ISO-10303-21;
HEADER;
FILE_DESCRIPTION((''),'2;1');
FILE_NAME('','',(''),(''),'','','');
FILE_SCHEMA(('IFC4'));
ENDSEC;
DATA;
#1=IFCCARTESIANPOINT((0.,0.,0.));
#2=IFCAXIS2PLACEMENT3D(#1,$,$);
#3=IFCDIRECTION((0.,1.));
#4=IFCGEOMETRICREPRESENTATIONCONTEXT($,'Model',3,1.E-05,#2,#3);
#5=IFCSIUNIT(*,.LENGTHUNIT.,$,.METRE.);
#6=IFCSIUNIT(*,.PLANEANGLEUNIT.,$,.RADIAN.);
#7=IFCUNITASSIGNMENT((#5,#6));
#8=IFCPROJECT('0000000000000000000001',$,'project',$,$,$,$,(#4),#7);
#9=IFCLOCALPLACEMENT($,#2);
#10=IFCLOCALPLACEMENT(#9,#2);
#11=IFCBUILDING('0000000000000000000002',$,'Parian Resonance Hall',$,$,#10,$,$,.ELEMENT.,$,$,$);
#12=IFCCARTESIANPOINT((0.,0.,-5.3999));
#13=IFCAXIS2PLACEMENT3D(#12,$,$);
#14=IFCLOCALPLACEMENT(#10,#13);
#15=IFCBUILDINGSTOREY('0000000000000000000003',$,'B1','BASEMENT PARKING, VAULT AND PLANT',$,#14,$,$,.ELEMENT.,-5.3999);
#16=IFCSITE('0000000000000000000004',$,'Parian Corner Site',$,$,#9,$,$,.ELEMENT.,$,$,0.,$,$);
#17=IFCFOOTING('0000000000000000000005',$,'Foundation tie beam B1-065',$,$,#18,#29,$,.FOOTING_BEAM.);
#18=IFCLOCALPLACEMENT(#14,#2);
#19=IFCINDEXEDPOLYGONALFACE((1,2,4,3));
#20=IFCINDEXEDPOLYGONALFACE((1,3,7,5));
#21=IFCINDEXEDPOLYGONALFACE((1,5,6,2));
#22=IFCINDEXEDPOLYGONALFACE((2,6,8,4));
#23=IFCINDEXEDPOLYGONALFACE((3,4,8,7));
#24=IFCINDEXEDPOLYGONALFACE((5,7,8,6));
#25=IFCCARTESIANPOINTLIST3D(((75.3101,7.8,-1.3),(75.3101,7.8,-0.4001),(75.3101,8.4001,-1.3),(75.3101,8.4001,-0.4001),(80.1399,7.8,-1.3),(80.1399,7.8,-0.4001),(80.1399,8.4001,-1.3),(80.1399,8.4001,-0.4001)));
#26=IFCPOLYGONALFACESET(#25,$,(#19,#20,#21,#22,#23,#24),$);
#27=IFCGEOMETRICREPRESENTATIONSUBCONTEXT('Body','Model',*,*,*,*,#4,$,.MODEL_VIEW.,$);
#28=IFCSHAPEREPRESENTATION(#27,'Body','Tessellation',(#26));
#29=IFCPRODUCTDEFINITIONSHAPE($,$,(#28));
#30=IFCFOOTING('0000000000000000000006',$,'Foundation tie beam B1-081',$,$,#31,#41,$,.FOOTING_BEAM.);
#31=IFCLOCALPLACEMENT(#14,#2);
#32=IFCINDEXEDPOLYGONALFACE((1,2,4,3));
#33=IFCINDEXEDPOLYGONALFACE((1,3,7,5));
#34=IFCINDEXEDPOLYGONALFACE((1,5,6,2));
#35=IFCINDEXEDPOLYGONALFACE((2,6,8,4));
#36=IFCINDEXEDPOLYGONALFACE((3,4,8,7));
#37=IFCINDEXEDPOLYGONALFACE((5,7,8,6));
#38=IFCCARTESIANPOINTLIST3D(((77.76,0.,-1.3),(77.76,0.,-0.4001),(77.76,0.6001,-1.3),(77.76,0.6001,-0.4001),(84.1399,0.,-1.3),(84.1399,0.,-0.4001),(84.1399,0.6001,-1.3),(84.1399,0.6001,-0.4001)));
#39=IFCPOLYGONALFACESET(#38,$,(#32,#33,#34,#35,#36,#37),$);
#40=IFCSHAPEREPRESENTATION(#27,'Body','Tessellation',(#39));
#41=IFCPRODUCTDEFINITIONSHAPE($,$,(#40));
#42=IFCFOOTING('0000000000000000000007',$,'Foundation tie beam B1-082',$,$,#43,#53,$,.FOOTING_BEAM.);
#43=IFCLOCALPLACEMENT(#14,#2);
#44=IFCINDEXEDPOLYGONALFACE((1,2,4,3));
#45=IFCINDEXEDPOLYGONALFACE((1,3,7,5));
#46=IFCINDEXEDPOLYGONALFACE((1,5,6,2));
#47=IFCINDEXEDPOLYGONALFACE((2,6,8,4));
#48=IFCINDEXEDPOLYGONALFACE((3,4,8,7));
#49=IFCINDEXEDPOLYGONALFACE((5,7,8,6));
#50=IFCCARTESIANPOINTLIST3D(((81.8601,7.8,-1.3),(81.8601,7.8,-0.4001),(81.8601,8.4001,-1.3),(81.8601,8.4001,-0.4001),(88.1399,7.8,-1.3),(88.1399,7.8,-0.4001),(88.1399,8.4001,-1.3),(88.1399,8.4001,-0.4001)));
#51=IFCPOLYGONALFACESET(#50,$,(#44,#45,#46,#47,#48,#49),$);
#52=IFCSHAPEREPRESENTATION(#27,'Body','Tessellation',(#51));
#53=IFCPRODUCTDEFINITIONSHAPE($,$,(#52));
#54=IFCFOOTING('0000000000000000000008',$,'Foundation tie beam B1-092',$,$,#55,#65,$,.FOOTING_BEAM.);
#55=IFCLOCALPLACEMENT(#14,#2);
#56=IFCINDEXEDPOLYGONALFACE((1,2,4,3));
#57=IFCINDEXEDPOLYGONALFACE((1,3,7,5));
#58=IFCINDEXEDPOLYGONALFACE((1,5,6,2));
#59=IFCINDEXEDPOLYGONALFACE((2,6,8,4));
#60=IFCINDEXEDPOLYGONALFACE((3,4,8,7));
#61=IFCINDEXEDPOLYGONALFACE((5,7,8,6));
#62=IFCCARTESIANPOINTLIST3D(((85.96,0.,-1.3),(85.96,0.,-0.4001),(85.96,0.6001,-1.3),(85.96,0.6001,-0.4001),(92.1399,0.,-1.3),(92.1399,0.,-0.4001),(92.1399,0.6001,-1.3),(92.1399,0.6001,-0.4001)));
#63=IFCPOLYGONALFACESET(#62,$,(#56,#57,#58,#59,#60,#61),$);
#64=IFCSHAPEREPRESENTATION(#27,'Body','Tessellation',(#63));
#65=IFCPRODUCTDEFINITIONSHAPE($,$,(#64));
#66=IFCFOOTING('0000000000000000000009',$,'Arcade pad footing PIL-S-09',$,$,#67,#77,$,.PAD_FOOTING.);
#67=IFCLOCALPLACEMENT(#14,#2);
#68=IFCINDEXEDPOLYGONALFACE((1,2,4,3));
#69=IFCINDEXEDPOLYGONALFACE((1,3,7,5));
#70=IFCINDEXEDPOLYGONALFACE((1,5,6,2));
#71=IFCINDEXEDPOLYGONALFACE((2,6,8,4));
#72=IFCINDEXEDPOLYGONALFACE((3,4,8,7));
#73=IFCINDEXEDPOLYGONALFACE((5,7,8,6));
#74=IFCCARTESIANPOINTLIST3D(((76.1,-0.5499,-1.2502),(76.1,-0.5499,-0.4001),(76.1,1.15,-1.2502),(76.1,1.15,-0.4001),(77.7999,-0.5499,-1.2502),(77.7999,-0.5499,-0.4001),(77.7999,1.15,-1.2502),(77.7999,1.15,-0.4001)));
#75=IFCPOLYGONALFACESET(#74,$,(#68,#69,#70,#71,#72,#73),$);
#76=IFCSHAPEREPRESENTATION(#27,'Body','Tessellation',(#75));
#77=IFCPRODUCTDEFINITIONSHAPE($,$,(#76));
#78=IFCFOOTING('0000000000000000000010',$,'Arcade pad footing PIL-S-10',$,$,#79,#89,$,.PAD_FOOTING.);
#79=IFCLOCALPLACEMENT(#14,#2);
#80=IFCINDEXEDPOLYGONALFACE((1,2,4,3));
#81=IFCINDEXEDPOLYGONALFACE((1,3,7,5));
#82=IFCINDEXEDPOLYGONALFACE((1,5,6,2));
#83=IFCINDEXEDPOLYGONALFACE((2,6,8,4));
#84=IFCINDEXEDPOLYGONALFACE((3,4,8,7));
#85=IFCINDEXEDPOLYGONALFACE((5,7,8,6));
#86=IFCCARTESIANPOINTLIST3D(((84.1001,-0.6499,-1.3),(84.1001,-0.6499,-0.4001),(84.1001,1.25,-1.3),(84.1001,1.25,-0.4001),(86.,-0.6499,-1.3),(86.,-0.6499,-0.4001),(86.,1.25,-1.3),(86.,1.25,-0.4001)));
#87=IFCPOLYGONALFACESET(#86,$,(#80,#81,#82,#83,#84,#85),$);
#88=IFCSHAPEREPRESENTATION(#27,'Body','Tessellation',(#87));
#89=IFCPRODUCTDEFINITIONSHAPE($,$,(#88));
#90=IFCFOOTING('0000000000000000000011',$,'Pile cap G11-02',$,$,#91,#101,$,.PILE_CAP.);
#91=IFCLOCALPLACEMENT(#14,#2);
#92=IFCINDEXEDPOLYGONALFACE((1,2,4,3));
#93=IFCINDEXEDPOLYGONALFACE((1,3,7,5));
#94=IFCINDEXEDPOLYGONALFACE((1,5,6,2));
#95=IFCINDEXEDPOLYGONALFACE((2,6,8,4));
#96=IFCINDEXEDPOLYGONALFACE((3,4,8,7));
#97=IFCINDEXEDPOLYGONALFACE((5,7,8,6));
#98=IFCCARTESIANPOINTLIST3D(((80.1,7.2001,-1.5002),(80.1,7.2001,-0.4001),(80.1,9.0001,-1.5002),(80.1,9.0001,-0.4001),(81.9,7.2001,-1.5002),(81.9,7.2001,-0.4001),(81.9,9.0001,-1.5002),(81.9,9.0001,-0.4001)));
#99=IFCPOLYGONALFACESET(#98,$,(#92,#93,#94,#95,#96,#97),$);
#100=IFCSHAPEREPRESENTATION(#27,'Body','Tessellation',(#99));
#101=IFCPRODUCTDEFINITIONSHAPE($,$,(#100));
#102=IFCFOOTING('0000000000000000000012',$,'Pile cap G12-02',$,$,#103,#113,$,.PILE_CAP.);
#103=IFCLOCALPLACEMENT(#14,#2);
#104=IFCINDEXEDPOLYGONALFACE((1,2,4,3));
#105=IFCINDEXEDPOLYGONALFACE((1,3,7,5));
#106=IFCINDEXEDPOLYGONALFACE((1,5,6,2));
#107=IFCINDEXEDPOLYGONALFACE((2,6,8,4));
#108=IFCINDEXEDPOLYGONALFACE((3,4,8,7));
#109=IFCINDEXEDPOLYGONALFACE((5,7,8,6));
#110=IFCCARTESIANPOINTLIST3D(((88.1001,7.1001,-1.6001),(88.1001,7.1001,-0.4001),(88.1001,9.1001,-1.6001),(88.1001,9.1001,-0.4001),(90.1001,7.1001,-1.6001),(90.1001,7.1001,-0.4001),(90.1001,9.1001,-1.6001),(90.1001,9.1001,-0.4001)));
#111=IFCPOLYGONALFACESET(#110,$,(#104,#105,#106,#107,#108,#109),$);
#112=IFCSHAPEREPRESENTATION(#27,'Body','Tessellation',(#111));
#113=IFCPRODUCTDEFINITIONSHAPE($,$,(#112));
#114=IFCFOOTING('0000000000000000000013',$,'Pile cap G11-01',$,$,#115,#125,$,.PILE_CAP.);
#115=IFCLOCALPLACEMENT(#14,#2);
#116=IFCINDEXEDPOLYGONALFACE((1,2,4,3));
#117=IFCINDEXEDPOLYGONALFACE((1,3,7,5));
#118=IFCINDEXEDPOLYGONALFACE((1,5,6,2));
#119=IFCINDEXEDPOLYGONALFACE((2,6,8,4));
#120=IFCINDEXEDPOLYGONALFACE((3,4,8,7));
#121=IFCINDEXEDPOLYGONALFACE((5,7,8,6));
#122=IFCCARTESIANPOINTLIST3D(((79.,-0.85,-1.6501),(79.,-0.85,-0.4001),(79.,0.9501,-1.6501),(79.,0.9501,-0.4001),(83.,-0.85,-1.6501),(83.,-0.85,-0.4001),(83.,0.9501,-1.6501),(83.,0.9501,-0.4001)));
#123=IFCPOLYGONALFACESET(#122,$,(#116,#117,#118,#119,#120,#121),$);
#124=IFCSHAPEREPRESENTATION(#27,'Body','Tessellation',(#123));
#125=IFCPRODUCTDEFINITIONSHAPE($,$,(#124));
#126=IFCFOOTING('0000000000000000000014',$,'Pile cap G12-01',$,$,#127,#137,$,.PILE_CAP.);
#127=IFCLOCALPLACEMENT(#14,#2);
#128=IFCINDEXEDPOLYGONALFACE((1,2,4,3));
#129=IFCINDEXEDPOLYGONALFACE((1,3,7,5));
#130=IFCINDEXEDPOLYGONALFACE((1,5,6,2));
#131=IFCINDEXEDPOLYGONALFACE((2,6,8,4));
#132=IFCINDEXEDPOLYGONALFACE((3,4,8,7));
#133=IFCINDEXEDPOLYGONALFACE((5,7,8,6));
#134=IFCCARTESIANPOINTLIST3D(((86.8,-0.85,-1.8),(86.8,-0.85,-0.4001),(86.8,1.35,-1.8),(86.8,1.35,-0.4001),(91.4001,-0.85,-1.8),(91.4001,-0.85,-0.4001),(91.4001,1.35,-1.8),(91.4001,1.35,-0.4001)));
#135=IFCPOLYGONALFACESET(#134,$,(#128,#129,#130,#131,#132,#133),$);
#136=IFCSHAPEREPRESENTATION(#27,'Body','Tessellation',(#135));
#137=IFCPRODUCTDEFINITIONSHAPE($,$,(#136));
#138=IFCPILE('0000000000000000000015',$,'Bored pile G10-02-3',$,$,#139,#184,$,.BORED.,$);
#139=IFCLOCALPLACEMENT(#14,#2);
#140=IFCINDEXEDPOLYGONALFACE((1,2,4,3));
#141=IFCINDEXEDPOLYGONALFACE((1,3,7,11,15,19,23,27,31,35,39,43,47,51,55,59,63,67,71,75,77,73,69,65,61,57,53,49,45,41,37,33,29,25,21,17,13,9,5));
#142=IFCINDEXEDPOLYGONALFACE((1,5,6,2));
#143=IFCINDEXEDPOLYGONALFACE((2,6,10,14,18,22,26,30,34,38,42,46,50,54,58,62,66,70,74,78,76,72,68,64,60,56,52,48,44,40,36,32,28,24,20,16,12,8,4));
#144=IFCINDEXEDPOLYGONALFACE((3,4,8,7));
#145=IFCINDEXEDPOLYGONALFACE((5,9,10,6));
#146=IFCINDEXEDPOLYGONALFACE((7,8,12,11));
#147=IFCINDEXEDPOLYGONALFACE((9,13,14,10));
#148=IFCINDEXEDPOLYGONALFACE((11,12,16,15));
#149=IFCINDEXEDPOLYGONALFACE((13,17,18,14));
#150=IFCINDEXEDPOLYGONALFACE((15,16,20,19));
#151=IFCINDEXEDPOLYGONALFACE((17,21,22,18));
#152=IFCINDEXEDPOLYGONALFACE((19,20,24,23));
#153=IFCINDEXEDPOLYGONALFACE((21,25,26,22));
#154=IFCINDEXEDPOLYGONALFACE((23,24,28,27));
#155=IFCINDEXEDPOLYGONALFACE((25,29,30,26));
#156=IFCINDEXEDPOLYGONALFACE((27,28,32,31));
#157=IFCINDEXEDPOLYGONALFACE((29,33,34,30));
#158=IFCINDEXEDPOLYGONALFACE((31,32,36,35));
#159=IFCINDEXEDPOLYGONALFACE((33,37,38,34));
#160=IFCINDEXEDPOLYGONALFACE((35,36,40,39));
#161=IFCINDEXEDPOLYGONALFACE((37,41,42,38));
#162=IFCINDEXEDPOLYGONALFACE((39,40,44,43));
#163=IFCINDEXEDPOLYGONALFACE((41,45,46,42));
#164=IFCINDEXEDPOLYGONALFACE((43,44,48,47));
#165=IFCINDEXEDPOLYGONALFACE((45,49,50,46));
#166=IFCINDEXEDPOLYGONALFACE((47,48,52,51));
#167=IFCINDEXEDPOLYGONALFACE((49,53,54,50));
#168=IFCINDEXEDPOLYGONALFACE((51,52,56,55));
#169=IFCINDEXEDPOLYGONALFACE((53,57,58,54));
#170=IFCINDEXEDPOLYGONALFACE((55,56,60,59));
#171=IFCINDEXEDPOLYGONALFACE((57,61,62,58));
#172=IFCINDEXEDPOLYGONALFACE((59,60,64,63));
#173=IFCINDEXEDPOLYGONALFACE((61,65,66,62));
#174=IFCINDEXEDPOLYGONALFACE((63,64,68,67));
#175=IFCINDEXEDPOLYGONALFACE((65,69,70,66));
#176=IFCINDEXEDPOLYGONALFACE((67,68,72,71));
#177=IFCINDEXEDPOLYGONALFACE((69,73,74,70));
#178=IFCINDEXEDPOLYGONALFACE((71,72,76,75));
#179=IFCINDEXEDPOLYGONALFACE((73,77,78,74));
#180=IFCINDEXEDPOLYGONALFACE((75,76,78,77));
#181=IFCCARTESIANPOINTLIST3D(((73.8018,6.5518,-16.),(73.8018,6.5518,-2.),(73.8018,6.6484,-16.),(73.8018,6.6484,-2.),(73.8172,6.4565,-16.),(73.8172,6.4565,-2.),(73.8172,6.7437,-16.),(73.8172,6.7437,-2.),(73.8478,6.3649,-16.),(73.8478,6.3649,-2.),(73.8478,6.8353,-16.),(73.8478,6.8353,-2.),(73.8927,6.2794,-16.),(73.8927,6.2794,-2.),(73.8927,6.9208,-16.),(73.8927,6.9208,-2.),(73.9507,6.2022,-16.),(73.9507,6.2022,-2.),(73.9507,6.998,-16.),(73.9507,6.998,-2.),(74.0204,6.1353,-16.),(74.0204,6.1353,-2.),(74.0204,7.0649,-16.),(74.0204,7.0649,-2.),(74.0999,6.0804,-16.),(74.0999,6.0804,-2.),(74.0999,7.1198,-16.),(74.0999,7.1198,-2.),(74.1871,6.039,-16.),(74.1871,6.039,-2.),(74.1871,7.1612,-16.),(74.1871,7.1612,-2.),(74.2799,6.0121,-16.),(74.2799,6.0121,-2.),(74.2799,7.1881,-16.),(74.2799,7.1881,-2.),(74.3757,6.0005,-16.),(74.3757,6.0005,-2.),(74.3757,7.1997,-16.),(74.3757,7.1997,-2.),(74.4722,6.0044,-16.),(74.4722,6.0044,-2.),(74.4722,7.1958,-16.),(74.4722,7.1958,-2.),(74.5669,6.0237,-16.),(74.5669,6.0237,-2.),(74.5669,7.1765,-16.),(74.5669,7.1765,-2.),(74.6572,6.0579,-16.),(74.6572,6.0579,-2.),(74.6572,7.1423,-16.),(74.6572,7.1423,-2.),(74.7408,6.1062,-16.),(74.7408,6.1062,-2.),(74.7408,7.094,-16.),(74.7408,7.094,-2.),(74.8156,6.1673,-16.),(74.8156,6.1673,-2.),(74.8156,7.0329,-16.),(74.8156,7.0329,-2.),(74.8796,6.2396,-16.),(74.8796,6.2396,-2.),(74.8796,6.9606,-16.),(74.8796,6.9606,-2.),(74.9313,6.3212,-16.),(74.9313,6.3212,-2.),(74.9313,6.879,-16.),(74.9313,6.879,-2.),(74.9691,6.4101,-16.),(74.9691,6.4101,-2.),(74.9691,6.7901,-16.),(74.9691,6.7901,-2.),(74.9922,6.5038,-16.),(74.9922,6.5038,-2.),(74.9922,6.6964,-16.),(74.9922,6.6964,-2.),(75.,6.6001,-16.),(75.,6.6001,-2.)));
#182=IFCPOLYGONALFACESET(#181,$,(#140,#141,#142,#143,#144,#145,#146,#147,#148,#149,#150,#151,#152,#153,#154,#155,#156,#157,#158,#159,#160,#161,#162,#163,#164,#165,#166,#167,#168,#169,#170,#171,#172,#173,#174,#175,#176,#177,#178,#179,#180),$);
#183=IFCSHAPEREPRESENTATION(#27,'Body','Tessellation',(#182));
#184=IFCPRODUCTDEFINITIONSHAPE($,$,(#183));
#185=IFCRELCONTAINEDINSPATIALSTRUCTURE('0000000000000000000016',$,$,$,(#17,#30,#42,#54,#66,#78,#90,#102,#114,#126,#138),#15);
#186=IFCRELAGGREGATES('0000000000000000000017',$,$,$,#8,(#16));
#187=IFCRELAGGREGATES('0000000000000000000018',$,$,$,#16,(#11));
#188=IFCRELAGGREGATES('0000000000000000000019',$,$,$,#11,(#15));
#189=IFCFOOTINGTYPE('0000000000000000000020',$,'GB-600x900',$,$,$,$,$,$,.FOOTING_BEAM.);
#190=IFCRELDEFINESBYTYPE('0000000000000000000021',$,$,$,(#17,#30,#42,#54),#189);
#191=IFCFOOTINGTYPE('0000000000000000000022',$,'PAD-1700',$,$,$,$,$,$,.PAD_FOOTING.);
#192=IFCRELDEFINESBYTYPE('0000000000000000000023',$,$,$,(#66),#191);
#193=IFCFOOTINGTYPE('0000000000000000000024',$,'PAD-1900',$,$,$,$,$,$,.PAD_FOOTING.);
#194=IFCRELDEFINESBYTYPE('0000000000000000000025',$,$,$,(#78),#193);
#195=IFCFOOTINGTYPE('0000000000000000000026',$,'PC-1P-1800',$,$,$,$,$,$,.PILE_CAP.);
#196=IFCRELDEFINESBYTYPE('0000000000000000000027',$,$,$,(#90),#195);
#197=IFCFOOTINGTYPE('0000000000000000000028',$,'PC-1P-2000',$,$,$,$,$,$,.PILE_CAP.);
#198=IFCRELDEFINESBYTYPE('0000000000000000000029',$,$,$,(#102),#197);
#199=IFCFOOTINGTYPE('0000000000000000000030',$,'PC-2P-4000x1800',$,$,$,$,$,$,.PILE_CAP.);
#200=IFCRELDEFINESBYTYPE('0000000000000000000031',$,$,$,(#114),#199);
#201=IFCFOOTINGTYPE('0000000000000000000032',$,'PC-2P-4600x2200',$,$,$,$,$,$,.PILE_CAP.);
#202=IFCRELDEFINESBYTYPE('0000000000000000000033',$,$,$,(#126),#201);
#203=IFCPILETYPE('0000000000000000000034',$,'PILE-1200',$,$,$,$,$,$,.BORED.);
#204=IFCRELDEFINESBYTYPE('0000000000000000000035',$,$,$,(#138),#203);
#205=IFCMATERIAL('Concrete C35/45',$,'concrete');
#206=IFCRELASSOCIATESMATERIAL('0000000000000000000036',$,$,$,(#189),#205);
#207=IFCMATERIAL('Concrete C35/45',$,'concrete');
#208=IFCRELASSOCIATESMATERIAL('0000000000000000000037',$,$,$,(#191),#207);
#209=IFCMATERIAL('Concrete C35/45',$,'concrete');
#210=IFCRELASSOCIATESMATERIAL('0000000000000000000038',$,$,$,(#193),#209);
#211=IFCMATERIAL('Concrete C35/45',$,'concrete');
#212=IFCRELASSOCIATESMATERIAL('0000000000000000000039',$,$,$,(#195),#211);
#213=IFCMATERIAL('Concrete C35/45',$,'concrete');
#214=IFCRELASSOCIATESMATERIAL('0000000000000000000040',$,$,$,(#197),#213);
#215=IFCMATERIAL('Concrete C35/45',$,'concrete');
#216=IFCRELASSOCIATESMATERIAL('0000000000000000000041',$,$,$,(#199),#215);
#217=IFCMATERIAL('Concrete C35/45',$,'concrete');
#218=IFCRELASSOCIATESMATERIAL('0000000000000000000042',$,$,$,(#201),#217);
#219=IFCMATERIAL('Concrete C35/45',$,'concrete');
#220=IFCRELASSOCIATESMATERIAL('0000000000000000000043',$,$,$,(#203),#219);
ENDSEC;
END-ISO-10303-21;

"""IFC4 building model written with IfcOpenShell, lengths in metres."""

from ifc_helpers import new_model, si_unit, direction, frame, origin, origin_2d, place, context, subcontext, project, spatial, rectangle, circle, extrude, material, material_profile, profile_set, type_object, element, save


model = new_model("IFC4")

# Units and contexts
model_context = context("Model", 3, precision=1e-05, world=origin(), true_north=direction((0.0, 1.0)))
body_context = subcontext(model_context, "Body", "Model", "MODEL_VIEW")
ifc_project = project(units=[si_unit("LENGTHUNIT", "METRE"), si_unit("PLANEANGLEUNIT", "RADIAN")], contexts=[model_context])

# Site, building, storey
site_placement = place(None, origin())
site = spatial("IfcSite", under=ifc_project, at=site_placement, Name="Parian Corner Site", CompositionType="ELEMENT", RefElevation=0.0)
building_placement = place(site_placement, origin())
building = spatial("IfcBuilding", under=site, at=building_placement, Name="Parian Resonance Hall", CompositionType="ELEMENT")
storey_placement = place(building_placement, frame((0.0, 0.0, -5.3999)))
storey = spatial("IfcBuildingStorey", under=building, at=storey_placement, Name="B1", Description="BASEMENT PARKING, VAULT AND PLANT", CompositionType="ELEMENT", Elevation=-5.3999)

# Footings
ifc_material_1 = material(Name="Concrete C35/45", Category="concrete")
ifc_material_profile_1 = material_profile(ifc_material_1, rectangle(XDim=0.6001, YDim=0.8999, at=origin_2d()), Name="RC-GB-600x900")
ifc_profile_set_1 = profile_set([ifc_material_profile_1], Name="Concrete C35/45")
footing_type_1 = type_object("IfcFootingType", Name="GB-600x900", PredefinedType="FOOTING_BEAM", material=ifc_profile_set_1)
footing_1_placement = place(storey_placement, frame((75.3101, 8.1001, -0.8501), z_axis=(1.0, 0.0, 0.0), x_axis=(0.0, 1.0, 0.0)))
element("IfcFooting", 1, at=footing_1_placement, inside=storey, type_object=footing_type_1, Name="Foundation tie beam B1-065", PredefinedType="FOOTING_BEAM", context=body_context, shape_type="SweptSolid", body=[
    extrude(rectangle(XDim=0.6001, YDim=0.8999, at=origin_2d()), origin(), (0.0, 0.0, 1.0), 4.8298),
])
footing_2_placement = place(storey_placement, frame((77.76, 0.3, -0.8501), z_axis=(1.0, 0.0, 0.0), x_axis=(0.0, 1.0, 0.0)))
element("IfcFooting", 2, at=footing_2_placement, inside=storey, type_object=footing_type_1, Name="Foundation tie beam B1-081", PredefinedType="FOOTING_BEAM", context=body_context, shape_type="SweptSolid", body=[
    extrude(rectangle(XDim=0.6001, YDim=0.8999, at=origin_2d()), origin(), (0.0, 0.0, 1.0), 6.3799),
])
footing_3_placement = place(storey_placement, frame((81.8601, 8.1001, -0.8501), z_axis=(1.0, 0.0, 0.0), x_axis=(0.0, 1.0, 0.0)))
element("IfcFooting", 3, at=footing_3_placement, inside=storey, type_object=footing_type_1, Name="Foundation tie beam B1-082", PredefinedType="FOOTING_BEAM", context=body_context, shape_type="SweptSolid", body=[
    extrude(rectangle(XDim=0.6001, YDim=0.8999, at=origin_2d()), origin(), (0.0, 0.0, 1.0), 6.2798),
])
footing_4_placement = place(storey_placement, frame((85.96, 0.3, -0.8501), z_axis=(1.0, 0.0, 0.0), x_axis=(0.0, 1.0, 0.0)))
element("IfcFooting", 4, at=footing_4_placement, inside=storey, type_object=footing_type_1, Name="Foundation tie beam B1-092", PredefinedType="FOOTING_BEAM", context=body_context, shape_type="SweptSolid", body=[
    extrude(rectangle(XDim=0.6001, YDim=0.8999, at=origin_2d()), origin(), (0.0, 0.0, 1.0), 6.1799),
])
ifc_material_2 = material(Name="Concrete C35/45", Category="concrete")
footing_type_2 = type_object("IfcFootingType", Name="PAD-1700", PredefinedType="PAD_FOOTING", material=ifc_material_2)
footing_5_placement = place(storey_placement, frame((76.95, 0.3, -1.2502), z_axis=(0.0, 0.0, 1.0), x_axis=(1.0, 0.0, 0.0)))
element("IfcFooting", 5, at=footing_5_placement, inside=storey, type_object=footing_type_2, Name="Arcade pad footing PIL-S-09", PredefinedType="PAD_FOOTING", context=body_context, shape_type="SweptSolid", body=[
    extrude(rectangle(XDim=1.7, YDim=1.7, at=origin_2d()), origin(), (0.0, 0.0, 1.0), 0.8501),
])
ifc_material_3 = material(Name="Concrete C35/45", Category="concrete")
footing_type_3 = type_object("IfcFootingType", Name="PAD-1900", PredefinedType="PAD_FOOTING", material=ifc_material_3)
footing_6_placement = place(storey_placement, frame((85.05, 0.3, -1.3), z_axis=(0.0, 0.0, 1.0), x_axis=(1.0, 0.0, 0.0)))
element("IfcFooting", 6, at=footing_6_placement, inside=storey, type_object=footing_type_3, Name="Arcade pad footing PIL-S-10", PredefinedType="PAD_FOOTING", context=body_context, shape_type="SweptSolid", body=[
    extrude(rectangle(XDim=1.8999, YDim=1.8999, at=origin_2d()), origin(), (0.0, 0.0, 1.0), 0.8999),
])
ifc_material_4 = material(Name="Concrete C35/45", Category="concrete")
footing_type_4 = type_object("IfcFootingType", Name="PC-1P-1800", PredefinedType="PILE_CAP", material=ifc_material_4)
footing_7_placement = place(storey_placement, frame((81.0, 8.1001, -1.5002), z_axis=(0.0, 0.0, 1.0), x_axis=(1.0, 0.0, 0.0)))
element("IfcFooting", 7, at=footing_7_placement, inside=storey, type_object=footing_type_4, Name="Pile cap G11-02", PredefinedType="PILE_CAP", context=body_context, shape_type="SweptSolid", body=[
    extrude(rectangle(XDim=1.8, YDim=1.8, at=origin_2d()), origin(), (0.0, 0.0, 1.0), 1.1001),
])
ifc_material_5 = material(Name="Concrete C35/45", Category="concrete")
footing_type_5 = type_object("IfcFootingType", Name="PC-1P-2000", PredefinedType="PILE_CAP", material=ifc_material_5)
footing_8_placement = place(storey_placement, frame((89.1001, 8.1001, -1.6001), z_axis=(0.0, 0.0, 1.0), x_axis=(1.0, 0.0, 0.0)))
element("IfcFooting", 8, at=footing_8_placement, inside=storey, type_object=footing_type_5, Name="Pile cap G12-02", PredefinedType="PILE_CAP", context=body_context, shape_type="SweptSolid", body=[
    extrude(rectangle(XDim=2.0, YDim=2.0, at=origin_2d()), origin(), (0.0, 0.0, 1.0), 1.2),
])
ifc_material_6 = material(Name="Concrete C35/45", Category="concrete")
footing_type_6 = type_object("IfcFootingType", Name="PC-2P-4000x1800", PredefinedType="PILE_CAP", material=ifc_material_6)
footing_9_placement = place(storey_placement, frame((81.0, 0.05, -1.6501), z_axis=(0.0, 0.0, 1.0), x_axis=(1.0, 0.0, 0.0)))
element("IfcFooting", 9, at=footing_9_placement, inside=storey, type_object=footing_type_6, Name="Pile cap G11-01", PredefinedType="PILE_CAP", context=body_context, shape_type="SweptSolid", body=[
    extrude(rectangle(XDim=4.0, YDim=1.8, at=origin_2d()), origin(), (0.0, 0.0, 1.0), 1.25),
])
ifc_material_7 = material(Name="Concrete C35/45", Category="concrete")
footing_type_7 = type_object("IfcFootingType", Name="PC-2P-4600x2200", PredefinedType="PILE_CAP", material=ifc_material_7)
footing_10_placement = place(storey_placement, frame((89.1001, 0.25, -1.8), z_axis=(0.0, 0.0, 1.0), x_axis=(1.0, 0.0, 0.0)))
element("IfcFooting", 10, at=footing_10_placement, inside=storey, type_object=footing_type_7, Name="Pile cap G12-01", PredefinedType="PILE_CAP", context=body_context, shape_type="SweptSolid", body=[
    extrude(rectangle(XDim=4.6001, YDim=2.2, at=origin_2d()), origin(), (0.0, 0.0, 1.0), 1.3999),
])

# Pile
ifc_material_8 = material(Name="Concrete C35/45", Category="concrete")
ifc_material_profile_2 = material_profile(ifc_material_8, circle(Radius=0.6001, at=origin_2d()), Name="PILE-D1200")
ifc_profile_set_2 = profile_set([ifc_material_profile_2], Name="Concrete C35/45")
pile_type_1 = type_object("IfcPileType", Name="PILE-1200", PredefinedType="BORED", material=ifc_profile_set_2)
for number, where, z_axis, x_axis, name in (
    (11, (74.3999, 6.6001, -2.0), (0.0, 0.0, -1.0), (1.0, 0.0, 0.0), "Bored pile G10-02-3"),
):
    element("IfcPile", number, at=place(storey_placement, frame(where, z_axis=z_axis, x_axis=x_axis)), inside=storey, type_object=pile_type_1, Name=name, PredefinedType="BORED", context=body_context, shape_type="SweptSolid", body=[
        extrude(circle(Radius=0.6001, at=origin_2d()), origin(), (0.0, 0.0, 1.0), 14.0),
    ])

save(model, "model.ifc")
